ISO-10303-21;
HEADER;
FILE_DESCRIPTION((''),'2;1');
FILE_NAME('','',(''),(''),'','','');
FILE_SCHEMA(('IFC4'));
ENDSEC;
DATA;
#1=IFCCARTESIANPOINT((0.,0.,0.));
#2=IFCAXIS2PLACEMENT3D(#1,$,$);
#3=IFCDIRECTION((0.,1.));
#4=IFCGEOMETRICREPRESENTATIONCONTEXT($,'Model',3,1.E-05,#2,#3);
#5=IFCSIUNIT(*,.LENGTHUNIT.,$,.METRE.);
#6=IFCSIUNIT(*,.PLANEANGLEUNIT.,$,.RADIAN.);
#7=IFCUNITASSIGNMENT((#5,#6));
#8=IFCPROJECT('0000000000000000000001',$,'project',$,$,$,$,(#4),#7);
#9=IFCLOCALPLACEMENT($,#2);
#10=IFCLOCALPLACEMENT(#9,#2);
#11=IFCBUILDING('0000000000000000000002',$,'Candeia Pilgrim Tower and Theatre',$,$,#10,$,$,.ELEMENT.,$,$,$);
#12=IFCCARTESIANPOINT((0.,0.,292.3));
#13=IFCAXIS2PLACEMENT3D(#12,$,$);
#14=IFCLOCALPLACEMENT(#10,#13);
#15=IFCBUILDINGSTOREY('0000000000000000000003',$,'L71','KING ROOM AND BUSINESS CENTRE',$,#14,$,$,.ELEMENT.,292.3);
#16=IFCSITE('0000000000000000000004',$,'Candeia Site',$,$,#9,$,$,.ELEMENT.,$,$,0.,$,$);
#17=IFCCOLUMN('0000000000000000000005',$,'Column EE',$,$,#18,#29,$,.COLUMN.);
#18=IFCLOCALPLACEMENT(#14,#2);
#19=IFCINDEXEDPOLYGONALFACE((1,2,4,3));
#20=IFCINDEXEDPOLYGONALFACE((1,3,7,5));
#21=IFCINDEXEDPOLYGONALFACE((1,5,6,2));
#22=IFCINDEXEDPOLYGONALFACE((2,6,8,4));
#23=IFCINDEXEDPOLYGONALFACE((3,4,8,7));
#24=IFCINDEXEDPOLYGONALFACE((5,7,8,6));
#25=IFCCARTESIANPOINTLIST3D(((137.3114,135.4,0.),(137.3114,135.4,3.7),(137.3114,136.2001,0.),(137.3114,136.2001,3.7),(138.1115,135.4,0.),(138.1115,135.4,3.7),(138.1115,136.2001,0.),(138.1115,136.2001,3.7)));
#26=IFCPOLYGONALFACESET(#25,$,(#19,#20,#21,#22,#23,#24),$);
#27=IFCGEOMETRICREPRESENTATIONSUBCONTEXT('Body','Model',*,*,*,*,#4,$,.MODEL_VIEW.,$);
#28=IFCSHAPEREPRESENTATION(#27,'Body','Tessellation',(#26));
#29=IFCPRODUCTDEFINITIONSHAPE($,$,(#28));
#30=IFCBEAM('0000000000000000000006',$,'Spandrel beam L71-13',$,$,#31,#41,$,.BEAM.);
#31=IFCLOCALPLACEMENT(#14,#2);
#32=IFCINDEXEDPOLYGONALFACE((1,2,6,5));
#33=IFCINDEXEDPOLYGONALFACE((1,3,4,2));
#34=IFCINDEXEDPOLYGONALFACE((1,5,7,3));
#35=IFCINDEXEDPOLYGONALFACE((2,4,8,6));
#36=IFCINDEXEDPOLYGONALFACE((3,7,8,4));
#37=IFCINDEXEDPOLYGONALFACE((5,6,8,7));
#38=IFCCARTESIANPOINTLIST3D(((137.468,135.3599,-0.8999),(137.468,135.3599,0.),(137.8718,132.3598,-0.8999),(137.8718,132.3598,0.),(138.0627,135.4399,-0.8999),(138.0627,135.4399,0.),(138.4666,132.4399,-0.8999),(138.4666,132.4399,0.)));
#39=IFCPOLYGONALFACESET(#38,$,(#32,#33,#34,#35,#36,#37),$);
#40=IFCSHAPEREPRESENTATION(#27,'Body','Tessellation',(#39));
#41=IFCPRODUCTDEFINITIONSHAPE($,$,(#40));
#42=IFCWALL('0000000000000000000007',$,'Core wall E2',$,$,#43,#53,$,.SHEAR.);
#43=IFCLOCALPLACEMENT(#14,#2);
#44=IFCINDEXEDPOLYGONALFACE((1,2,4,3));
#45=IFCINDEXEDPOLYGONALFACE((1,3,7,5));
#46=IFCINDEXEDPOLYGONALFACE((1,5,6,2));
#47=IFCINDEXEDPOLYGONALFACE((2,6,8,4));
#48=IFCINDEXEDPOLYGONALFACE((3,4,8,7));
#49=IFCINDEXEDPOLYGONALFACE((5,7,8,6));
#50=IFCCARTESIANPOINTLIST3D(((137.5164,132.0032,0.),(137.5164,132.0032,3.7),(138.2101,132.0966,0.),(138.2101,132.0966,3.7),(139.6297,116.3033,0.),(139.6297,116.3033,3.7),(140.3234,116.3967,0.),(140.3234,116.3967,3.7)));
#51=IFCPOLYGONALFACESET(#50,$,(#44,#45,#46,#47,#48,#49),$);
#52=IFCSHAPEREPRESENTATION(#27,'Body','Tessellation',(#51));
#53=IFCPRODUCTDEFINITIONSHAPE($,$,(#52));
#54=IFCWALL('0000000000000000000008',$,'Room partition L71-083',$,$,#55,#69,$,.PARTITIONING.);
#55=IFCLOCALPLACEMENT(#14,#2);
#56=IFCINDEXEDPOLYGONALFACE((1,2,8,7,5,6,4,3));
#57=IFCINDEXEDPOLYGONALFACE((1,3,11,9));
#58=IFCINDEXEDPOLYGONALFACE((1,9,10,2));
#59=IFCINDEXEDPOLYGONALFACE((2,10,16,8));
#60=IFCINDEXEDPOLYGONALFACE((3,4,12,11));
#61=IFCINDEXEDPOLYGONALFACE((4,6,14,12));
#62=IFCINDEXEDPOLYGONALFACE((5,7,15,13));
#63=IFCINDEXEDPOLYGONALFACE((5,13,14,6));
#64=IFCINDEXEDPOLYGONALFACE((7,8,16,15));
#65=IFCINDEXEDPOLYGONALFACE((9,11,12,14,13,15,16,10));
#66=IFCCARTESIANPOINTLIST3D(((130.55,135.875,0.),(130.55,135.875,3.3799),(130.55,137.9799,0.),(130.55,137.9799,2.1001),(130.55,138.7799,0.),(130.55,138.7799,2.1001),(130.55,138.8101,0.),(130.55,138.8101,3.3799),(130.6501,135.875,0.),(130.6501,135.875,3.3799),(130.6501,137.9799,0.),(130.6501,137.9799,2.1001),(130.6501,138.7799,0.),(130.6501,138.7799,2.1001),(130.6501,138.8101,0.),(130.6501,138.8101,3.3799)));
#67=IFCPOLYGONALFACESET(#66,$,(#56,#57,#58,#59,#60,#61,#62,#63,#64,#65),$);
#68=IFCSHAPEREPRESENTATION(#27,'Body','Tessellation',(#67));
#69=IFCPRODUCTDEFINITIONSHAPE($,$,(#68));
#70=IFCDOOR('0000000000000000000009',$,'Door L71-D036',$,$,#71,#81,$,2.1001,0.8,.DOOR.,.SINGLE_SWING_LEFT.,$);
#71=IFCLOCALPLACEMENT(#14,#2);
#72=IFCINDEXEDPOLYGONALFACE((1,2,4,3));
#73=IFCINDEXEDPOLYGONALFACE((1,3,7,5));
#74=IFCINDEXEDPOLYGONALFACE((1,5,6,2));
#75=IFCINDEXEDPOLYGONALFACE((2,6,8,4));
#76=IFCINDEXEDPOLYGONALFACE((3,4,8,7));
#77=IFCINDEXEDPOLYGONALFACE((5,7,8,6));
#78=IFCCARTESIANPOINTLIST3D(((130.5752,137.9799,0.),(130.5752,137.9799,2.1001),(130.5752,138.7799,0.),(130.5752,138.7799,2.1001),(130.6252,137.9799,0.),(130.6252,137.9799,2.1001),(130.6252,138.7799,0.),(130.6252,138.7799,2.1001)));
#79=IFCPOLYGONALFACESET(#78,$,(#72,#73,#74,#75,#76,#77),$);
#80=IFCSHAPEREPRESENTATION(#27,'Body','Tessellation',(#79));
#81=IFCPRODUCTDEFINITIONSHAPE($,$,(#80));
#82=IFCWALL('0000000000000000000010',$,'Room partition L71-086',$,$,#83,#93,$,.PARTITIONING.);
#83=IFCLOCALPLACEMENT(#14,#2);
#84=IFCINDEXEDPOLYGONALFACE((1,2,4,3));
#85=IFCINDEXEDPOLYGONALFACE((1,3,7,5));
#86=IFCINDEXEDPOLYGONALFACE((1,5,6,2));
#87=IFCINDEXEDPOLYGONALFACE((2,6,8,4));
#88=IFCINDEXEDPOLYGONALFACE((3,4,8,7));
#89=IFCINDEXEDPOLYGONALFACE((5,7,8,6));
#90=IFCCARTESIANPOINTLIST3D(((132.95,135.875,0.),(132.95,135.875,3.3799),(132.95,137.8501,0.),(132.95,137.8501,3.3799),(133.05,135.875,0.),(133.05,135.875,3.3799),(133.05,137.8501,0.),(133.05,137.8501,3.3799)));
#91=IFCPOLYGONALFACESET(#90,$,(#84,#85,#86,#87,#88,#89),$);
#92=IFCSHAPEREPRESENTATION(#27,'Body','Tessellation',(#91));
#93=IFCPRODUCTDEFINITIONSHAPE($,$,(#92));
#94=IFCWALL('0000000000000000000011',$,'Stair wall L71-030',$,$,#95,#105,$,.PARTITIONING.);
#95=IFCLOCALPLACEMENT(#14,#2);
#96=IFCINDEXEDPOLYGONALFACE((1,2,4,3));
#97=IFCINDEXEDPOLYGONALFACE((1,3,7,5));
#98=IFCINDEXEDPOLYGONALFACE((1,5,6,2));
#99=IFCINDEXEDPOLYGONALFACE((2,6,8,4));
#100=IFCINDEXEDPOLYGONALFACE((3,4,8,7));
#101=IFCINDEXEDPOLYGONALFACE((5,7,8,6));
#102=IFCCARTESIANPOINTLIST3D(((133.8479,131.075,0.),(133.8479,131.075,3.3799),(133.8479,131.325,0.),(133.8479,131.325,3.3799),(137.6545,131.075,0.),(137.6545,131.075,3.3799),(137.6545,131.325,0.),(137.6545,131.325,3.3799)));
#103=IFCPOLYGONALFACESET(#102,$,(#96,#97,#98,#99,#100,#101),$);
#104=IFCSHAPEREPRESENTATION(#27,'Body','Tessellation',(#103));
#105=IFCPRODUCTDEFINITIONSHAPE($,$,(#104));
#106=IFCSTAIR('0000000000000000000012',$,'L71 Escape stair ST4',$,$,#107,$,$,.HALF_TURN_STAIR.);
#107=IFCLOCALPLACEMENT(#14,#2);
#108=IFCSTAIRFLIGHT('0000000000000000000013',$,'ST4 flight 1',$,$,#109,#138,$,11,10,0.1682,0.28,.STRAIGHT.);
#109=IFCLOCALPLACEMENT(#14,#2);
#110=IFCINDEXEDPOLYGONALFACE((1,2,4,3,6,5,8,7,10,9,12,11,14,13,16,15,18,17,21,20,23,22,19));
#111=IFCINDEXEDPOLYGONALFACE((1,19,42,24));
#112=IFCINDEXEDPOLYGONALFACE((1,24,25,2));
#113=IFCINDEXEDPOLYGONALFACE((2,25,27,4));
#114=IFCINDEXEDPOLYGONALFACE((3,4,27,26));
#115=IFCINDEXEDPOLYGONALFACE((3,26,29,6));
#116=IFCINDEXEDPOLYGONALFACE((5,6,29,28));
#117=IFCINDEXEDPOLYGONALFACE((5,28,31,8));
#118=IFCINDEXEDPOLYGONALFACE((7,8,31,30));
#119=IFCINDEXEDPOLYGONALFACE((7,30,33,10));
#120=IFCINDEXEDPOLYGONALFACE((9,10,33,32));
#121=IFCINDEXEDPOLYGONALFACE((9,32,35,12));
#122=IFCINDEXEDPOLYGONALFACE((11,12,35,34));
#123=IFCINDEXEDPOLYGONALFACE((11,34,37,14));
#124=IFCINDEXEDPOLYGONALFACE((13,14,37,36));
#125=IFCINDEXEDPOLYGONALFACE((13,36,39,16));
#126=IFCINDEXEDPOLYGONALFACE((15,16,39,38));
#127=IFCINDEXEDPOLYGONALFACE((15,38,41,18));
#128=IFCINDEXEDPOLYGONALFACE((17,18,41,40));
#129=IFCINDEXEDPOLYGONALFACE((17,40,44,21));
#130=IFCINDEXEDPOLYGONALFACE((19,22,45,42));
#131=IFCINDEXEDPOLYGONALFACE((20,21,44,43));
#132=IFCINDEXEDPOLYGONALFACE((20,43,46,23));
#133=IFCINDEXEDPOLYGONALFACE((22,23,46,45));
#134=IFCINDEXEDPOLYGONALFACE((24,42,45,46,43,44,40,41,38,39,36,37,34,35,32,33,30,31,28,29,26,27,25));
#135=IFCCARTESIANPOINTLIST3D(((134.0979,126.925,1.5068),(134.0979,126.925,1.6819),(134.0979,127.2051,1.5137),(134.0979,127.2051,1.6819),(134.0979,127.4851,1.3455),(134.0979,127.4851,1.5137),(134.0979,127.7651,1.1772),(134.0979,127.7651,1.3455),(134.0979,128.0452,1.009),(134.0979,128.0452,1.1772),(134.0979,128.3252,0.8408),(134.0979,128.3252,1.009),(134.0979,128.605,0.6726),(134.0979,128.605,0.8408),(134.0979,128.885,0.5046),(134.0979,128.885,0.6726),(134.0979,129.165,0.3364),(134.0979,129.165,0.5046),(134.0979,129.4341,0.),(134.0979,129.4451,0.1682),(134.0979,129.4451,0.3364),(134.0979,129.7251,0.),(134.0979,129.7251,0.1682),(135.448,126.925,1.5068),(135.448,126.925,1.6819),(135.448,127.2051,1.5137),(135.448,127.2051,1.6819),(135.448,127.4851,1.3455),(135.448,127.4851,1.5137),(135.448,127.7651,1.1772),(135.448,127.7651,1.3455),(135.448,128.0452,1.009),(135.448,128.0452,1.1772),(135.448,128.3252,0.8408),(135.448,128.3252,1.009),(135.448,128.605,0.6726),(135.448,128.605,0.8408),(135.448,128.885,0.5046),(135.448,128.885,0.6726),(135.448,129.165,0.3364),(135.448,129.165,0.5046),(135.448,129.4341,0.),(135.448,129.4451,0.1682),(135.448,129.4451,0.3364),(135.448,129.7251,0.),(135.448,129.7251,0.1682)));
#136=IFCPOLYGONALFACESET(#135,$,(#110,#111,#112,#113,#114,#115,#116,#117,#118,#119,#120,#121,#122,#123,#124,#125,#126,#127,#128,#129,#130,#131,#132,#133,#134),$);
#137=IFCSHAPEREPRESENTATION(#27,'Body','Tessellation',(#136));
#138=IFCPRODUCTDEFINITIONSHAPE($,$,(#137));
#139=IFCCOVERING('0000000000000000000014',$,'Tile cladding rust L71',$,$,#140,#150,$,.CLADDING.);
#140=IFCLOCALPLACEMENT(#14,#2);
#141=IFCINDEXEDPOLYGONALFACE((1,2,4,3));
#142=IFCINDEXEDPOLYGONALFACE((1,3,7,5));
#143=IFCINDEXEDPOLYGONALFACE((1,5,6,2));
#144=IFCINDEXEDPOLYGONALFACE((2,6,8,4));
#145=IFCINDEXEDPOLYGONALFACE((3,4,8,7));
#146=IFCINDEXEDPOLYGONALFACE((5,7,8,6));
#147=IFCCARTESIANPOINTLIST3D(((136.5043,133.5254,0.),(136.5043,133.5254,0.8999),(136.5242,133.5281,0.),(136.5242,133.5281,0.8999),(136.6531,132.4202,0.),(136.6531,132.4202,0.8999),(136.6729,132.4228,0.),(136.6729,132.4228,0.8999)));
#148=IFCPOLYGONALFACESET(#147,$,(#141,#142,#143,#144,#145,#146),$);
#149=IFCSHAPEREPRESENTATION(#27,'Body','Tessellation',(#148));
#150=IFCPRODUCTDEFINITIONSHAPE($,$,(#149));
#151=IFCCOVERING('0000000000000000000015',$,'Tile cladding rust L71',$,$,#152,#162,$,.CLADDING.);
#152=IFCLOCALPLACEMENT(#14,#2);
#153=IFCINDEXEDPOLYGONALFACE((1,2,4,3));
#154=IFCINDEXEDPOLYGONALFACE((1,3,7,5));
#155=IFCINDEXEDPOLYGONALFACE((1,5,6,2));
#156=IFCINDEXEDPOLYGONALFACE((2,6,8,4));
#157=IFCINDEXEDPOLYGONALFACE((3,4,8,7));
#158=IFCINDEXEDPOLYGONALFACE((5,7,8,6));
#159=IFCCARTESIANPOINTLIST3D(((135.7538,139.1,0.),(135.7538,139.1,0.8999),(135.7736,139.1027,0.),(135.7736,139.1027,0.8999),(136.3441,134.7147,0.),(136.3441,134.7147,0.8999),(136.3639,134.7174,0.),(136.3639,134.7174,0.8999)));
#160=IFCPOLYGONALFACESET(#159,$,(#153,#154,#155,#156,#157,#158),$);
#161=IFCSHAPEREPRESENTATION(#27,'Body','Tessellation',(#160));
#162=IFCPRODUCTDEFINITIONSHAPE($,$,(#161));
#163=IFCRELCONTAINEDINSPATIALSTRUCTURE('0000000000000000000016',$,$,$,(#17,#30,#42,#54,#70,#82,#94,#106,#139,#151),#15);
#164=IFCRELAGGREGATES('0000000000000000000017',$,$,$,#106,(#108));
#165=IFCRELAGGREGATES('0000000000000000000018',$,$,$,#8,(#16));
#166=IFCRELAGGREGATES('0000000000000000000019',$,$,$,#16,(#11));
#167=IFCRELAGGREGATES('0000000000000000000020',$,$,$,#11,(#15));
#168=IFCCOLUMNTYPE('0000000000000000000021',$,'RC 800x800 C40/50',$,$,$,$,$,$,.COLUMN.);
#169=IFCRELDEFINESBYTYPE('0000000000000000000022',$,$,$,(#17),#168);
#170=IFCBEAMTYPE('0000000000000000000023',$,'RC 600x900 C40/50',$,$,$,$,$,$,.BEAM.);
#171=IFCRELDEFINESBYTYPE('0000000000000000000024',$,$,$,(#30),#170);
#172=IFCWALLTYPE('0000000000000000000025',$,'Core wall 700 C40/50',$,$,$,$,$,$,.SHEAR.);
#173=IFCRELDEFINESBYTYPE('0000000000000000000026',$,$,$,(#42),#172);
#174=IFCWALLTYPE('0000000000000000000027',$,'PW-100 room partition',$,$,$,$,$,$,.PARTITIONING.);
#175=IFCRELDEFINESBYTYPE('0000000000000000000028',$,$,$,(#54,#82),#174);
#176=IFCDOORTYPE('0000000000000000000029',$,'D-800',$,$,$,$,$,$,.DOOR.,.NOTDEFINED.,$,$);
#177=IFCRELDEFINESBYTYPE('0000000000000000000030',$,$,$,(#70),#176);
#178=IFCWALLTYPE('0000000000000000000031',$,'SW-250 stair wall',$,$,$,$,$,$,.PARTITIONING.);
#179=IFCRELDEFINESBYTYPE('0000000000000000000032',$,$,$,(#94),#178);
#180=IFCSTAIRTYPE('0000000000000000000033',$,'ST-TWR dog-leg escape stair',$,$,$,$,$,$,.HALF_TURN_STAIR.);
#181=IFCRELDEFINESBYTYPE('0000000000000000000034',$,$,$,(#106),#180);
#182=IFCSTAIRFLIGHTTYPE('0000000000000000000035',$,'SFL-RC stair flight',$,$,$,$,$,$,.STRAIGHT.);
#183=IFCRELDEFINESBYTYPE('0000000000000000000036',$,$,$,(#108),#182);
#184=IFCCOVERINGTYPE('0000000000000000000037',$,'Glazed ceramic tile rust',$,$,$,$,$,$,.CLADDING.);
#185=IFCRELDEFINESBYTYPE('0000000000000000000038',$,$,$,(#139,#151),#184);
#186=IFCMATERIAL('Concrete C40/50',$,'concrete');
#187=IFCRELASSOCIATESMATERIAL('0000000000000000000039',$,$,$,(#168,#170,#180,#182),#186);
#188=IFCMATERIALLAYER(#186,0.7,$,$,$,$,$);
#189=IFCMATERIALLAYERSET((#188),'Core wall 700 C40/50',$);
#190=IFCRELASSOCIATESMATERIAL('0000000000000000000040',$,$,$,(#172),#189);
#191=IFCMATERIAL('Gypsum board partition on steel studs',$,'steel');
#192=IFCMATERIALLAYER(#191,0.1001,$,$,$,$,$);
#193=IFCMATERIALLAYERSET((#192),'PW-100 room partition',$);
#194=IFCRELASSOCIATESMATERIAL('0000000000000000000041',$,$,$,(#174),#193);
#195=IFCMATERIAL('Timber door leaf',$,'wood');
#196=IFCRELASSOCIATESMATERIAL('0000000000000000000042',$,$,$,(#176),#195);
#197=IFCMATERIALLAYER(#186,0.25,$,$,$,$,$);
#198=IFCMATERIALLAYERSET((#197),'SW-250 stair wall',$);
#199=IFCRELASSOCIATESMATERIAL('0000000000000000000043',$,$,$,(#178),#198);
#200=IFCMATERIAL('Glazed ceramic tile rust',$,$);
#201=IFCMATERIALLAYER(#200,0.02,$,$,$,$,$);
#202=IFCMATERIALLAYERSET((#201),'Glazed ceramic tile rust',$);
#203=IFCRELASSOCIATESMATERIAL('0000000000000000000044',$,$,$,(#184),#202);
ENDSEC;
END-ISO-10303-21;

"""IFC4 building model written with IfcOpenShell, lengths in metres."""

from ifc_helpers import new_model, si_unit, direction, frame, frame_2d, origin, origin_2d, place, context, subcontext, project, spatial, polyline, rectangle, outline, extrude, material, layer, layer_set, material_profile, profile_set, type_object, element, fill, aggregate, save


model = new_model("IFC4")

# Units and contexts
model_context = context("Model", 3, precision=1e-05, world=origin(), true_north=direction((0.0, 1.0)))
body_context = subcontext(model_context, "Body", "Model", "MODEL_VIEW")
ifc_project = project(units=[si_unit("LENGTHUNIT", "METRE"), si_unit("PLANEANGLEUNIT", "RADIAN")], contexts=[model_context])

# Site, building, storey
site_placement = place(None, origin())
site = spatial("IfcSite", under=ifc_project, at=site_placement, Name="Candeia Site", CompositionType="ELEMENT", RefElevation=0.0)
building_placement = place(site_placement, origin())
building = spatial("IfcBuilding", under=site, at=building_placement, Name="Candeia Pilgrim Tower and Theatre", CompositionType="ELEMENT")
storey_placement = place(building_placement, frame((0.0, 0.0, 292.3)))
storey = spatial("IfcBuildingStorey", under=building, at=storey_placement, Name="L71", Description="KING ROOM AND BUSINESS CENTRE", CompositionType="ELEMENT", Elevation=292.3)

# Column
ifc_material_1 = material(Name="Concrete C40/50", Category="concrete")
ifc_material_profile_1 = material_profile(ifc_material_1, rectangle(XDim=0.8, YDim=0.8, at=origin_2d()))
ifc_profile_set_1 = profile_set([ifc_material_profile_1], Name="Concrete C40/50")
column_type = type_object("IfcColumnType", Name="RC 800x800 C40/50", PredefinedType="COLUMN", material=ifc_profile_set_1)
column_placement = place(storey_placement, frame((137.7114, 135.8, 0.0), z_axis=(0.0, 0.0, 1.0), x_axis=(1.0, 0.0, 0.0)))
element("IfcColumn", 1, at=column_placement, inside=storey, type_object=column_type, Name="Column EE", PredefinedType="COLUMN", context=body_context, shape_type="SweptSolid", body=[
    extrude(rectangle(XDim=0.8, YDim=0.8, at=origin_2d()), origin(), (0.0, 0.0, 1.0), 3.7),
])

# Beam
ifc_material_profile_2 = material_profile(ifc_material_1, rectangle(XDim=0.6001, YDim=0.8999, at=origin_2d()))
ifc_profile_set_2 = profile_set([ifc_material_profile_2], Name="Concrete C40/50")
beam_type = type_object("IfcBeamType", Name="RC 600x900 C40/50", PredefinedType="BEAM", material=ifc_profile_set_2)
beam_placement = place(storey_placement, frame((137.7654, 135.3999, -0.45), z_axis=(0.1334, -0.991062, 0.0), x_axis=(0.991062, 0.1334, 0.0)))
element("IfcBeam", 2, at=beam_placement, inside=storey, type_object=beam_type, Name="Spandrel beam L71-13", PredefinedType="BEAM", context=body_context, shape_type="SweptSolid", body=[
    extrude(rectangle(XDim=0.6001, YDim=0.8999, at=origin_2d()), origin(), (0.0, 0.0, 1.0), 3.0271),
])

# Wall
ifc_layer_1 = layer(ifc_material_1, 0.7)
ifc_layer_set_1 = layer_set([ifc_layer_1], Name="Core wall 700 C40/50")
wall_type_1 = type_object("IfcWallType", Name="Core wall 700 C40/50", PredefinedType="SHEAR", material=ifc_layer_set_1)
wall_1_placement = place(storey_placement, frame((137.8633, 132.05, 0.0), z_axis=(0.0, 0.0, 1.0), x_axis=(0.133401, -0.991062, 0.0)))
element("IfcWall", 3, at=wall_1_placement, inside=storey, type_object=wall_type_1, Name="Core wall E2", PredefinedType="SHEAR", context=body_context, shape_type="SweptSolid", body=[
    extrude(rectangle(XDim=15.8416, YDim=0.7, at=frame_2d((7.9209, 0.0))), origin(), (0.0, 0.0, 1.0), 3.7),
])

# Wall, opening, door
ifc_material_2 = material(Name="Gypsum board partition on steel studs", Category="steel")
ifc_layer_2 = layer(ifc_material_2, 0.1001)
ifc_layer_set_2 = layer_set([ifc_layer_2], Name="PW-100 room partition")
wall_type_2 = type_object("IfcWallType", Name="PW-100 room partition", PredefinedType="PARTITIONING", material=ifc_layer_set_2)
wall_2_placement = place(storey_placement, frame((130.6001, 135.875, 0.0), z_axis=(0.0, 0.0, 1.0), x_axis=(0.0, 1.0, 0.0)))
wall_2 = element("IfcWall", 4, at=wall_2_placement, inside=storey, type_object=wall_type_2, Name="Room partition L71-083", PredefinedType="PARTITIONING", context=body_context, shape_type="SweptSolid", body=[
    extrude(rectangle(XDim=2.9351, YDim=0.1001, at=frame_2d((1.4675, 0.0))), origin(), (0.0, 0.0, 1.0), 3.3799),
])
opening_1_placement = place(wall_2_placement, frame((2.105, 0.0, 0.0)))
opening_1 = element("IfcOpeningElement", 5, at=opening_1_placement, cuts=wall_2, PredefinedType="OPENING", context=body_context, shape_type="SweptSolid", body=[
    extrude(rectangle(XDim=0.8, YDim=2.1001, at=frame_2d((0.3999, 1.05))), frame((0.0, 0.0601, 0.0), z_axis=(0.0, -1.0, 0.0), x_axis=(1.0, 0.0, 0.0)), (0.0, 0.0, 1.0), 0.1201),
])
ifc_material_3 = material(Name="Timber door leaf", Category="wood")
door_type_1 = type_object("IfcDoorType", Name="D-800", OperationType="NOTDEFINED", PredefinedType="DOOR", material=ifc_material_3)
door_1_placement = place(opening_1_placement, origin())
door_1 = element("IfcDoor", 6, at=door_1_placement, inside=storey, type_object=door_type_1, Name="Door L71-D036", OperationType="SINGLE_SWING_LEFT", OverallHeight=2.1001, OverallWidth=0.8, PredefinedType="DOOR", context=body_context, shape_type="SweptSolid", body=[
    extrude(rectangle(XDim=0.8, YDim=2.1001, at=frame_2d((0.3999, 1.05))), frame((0.0, 0.0249, 0.0), z_axis=(0.0, -1.0, 0.0), x_axis=(1.0, 0.0, 0.0)), (0.0, 0.0, 1.0), 0.05),
])
fill(opening_1, door_1)

# Walls
wall_3_placement = place(storey_placement, frame((133.0, 135.875, 0.0), z_axis=(0.0, 0.0, 1.0), x_axis=(0.0, 1.0, 0.0)))
element("IfcWall", 7, at=wall_3_placement, inside=storey, type_object=wall_type_2, Name="Room partition L71-086", PredefinedType="PARTITIONING", context=body_context, shape_type="SweptSolid", body=[
    extrude(rectangle(XDim=1.9751, YDim=0.1001, at=frame_2d((0.9875, 0.0))), origin(), (0.0, 0.0, 1.0), 3.3799),
])
ifc_layer_3 = layer(ifc_material_1, 0.25)
ifc_layer_set_3 = layer_set([ifc_layer_3], Name="SW-250 stair wall")
wall_type_3 = type_object("IfcWallType", Name="SW-250 stair wall", PredefinedType="PARTITIONING", material=ifc_layer_set_3)
wall_4_placement = place(storey_placement, frame((133.8479, 131.2, 0.0), z_axis=(0.0, 0.0, 1.0), x_axis=(1.0, 0.0, 0.0)))
element("IfcWall", 8, at=wall_4_placement, inside=storey, type_object=wall_type_3, Name="Stair wall L71-030", PredefinedType="PARTITIONING", context=body_context, shape_type="SweptSolid", body=[
    extrude(rectangle(XDim=3.8066, YDim=0.25, at=frame_2d((1.9033, 0.0))), origin(), (0.0, 0.0, 1.0), 3.3799),
])

# Stair, stair flight
stair_type = type_object("IfcStairType", Name="ST-TWR dog-leg escape stair", PredefinedType="HALF_TURN_STAIR", material=ifc_material_1)
stair_placement = place(storey_placement, origin())
stair = element("IfcStair", 9, at=stair_placement, inside=storey, type_object=stair_type, Name="L71 Escape stair ST4", PredefinedType="HALF_TURN_STAIR")
stair_flight_type = type_object("IfcStairFlightType", Name="SFL-RC stair flight", PredefinedType="STRAIGHT", material=ifc_material_1)
stair_flight_placement = place(storey_placement, frame((134.7729, 129.7251, 0.0), z_axis=(0.0, 0.0, 1.0), x_axis=(0.0, -1.0, 0.0)))
stair_flight = element("IfcStairFlight", 10, at=stair_flight_placement, type_object=stair_flight_type, Name="ST4 flight 1", NumberOfRisers=11, NumberOfTreads=10, PredefinedType="STRAIGHT", RiserHeight=0.1682, TreadLength=0.28, context=body_context, shape_type="SweptSolid", body=[
    extrude(outline(polyline([(0.0, 0.0), (0.0, 0.1682), (0.28, 0.1682), (0.28, 0.3364), (0.5601, 0.3364), (0.5601, 0.5046), (0.8401, 0.5046), (0.8401, 0.6726), (1.1201, 0.6726), (1.1201, 0.8408), (1.3999, 0.8408), (1.3999, 1.009), (1.6799, 1.009), (1.6799, 1.1772), (1.96, 1.1772), (1.96, 1.3455), (2.24, 1.3455), (2.24, 1.5137), (2.52, 1.5137), (2.52, 1.6819), (2.8, 1.6819), (2.8, 1.8501), (2.8, 1.5068), (0.291, 0.0), (0.0, 0.0)])), frame((0.0, 0.675, 0.0), z_axis=(0.0, -1.0, 0.0), x_axis=(1.0, 0.0, 0.0)), (0.0, 0.0, 1.0), 1.3501),
])
aggregate(stair, [stair_flight])

# Coverings
ifc_material_4 = material(Name="Glazed ceramic tile rust")
ifc_layer_4 = layer(ifc_material_4, 0.02)
ifc_layer_set_4 = layer_set([ifc_layer_4], Name="Glazed ceramic tile rust")
covering_type = type_object("IfcCoveringType", Name="Glazed ceramic tile rust", PredefinedType="CLADDING", material=ifc_layer_set_4)
covering_1_placement = place(storey_placement, frame((136.5886, 132.9741, 0.0), z_axis=(0.0, 0.0, 1.0), x_axis=(-0.133412, 0.991061, 0.0)))
element("IfcCovering", 11, at=covering_1_placement, inside=storey, type_object=covering_type, Name="Tile cladding rust L71", PredefinedType="CLADDING", context=body_context, shape_type="SweptSolid", body=[
    extrude(rectangle(XDim=1.1152, YDim=0.02, at=origin_2d()), origin(), (0.0, 0.0, 1.0), 0.8999),
])
covering_2_placement = place(storey_placement, frame((136.0588, 136.9087, 0.0), z_axis=(0.0, 0.0, 1.0), x_axis=(-0.133412, 0.991061, 0.0)))
element("IfcCovering", 12, at=covering_2_placement, inside=storey, type_object=covering_type, Name="Tile cladding rust L71", PredefinedType="CLADDING", context=body_context, shape_type="SweptSolid", body=[
    extrude(rectangle(XDim=4.4248, YDim=0.02, at=origin_2d()), origin(), (0.0, 0.0, 1.0), 0.8999),
])

save(model, "model.ifc")
